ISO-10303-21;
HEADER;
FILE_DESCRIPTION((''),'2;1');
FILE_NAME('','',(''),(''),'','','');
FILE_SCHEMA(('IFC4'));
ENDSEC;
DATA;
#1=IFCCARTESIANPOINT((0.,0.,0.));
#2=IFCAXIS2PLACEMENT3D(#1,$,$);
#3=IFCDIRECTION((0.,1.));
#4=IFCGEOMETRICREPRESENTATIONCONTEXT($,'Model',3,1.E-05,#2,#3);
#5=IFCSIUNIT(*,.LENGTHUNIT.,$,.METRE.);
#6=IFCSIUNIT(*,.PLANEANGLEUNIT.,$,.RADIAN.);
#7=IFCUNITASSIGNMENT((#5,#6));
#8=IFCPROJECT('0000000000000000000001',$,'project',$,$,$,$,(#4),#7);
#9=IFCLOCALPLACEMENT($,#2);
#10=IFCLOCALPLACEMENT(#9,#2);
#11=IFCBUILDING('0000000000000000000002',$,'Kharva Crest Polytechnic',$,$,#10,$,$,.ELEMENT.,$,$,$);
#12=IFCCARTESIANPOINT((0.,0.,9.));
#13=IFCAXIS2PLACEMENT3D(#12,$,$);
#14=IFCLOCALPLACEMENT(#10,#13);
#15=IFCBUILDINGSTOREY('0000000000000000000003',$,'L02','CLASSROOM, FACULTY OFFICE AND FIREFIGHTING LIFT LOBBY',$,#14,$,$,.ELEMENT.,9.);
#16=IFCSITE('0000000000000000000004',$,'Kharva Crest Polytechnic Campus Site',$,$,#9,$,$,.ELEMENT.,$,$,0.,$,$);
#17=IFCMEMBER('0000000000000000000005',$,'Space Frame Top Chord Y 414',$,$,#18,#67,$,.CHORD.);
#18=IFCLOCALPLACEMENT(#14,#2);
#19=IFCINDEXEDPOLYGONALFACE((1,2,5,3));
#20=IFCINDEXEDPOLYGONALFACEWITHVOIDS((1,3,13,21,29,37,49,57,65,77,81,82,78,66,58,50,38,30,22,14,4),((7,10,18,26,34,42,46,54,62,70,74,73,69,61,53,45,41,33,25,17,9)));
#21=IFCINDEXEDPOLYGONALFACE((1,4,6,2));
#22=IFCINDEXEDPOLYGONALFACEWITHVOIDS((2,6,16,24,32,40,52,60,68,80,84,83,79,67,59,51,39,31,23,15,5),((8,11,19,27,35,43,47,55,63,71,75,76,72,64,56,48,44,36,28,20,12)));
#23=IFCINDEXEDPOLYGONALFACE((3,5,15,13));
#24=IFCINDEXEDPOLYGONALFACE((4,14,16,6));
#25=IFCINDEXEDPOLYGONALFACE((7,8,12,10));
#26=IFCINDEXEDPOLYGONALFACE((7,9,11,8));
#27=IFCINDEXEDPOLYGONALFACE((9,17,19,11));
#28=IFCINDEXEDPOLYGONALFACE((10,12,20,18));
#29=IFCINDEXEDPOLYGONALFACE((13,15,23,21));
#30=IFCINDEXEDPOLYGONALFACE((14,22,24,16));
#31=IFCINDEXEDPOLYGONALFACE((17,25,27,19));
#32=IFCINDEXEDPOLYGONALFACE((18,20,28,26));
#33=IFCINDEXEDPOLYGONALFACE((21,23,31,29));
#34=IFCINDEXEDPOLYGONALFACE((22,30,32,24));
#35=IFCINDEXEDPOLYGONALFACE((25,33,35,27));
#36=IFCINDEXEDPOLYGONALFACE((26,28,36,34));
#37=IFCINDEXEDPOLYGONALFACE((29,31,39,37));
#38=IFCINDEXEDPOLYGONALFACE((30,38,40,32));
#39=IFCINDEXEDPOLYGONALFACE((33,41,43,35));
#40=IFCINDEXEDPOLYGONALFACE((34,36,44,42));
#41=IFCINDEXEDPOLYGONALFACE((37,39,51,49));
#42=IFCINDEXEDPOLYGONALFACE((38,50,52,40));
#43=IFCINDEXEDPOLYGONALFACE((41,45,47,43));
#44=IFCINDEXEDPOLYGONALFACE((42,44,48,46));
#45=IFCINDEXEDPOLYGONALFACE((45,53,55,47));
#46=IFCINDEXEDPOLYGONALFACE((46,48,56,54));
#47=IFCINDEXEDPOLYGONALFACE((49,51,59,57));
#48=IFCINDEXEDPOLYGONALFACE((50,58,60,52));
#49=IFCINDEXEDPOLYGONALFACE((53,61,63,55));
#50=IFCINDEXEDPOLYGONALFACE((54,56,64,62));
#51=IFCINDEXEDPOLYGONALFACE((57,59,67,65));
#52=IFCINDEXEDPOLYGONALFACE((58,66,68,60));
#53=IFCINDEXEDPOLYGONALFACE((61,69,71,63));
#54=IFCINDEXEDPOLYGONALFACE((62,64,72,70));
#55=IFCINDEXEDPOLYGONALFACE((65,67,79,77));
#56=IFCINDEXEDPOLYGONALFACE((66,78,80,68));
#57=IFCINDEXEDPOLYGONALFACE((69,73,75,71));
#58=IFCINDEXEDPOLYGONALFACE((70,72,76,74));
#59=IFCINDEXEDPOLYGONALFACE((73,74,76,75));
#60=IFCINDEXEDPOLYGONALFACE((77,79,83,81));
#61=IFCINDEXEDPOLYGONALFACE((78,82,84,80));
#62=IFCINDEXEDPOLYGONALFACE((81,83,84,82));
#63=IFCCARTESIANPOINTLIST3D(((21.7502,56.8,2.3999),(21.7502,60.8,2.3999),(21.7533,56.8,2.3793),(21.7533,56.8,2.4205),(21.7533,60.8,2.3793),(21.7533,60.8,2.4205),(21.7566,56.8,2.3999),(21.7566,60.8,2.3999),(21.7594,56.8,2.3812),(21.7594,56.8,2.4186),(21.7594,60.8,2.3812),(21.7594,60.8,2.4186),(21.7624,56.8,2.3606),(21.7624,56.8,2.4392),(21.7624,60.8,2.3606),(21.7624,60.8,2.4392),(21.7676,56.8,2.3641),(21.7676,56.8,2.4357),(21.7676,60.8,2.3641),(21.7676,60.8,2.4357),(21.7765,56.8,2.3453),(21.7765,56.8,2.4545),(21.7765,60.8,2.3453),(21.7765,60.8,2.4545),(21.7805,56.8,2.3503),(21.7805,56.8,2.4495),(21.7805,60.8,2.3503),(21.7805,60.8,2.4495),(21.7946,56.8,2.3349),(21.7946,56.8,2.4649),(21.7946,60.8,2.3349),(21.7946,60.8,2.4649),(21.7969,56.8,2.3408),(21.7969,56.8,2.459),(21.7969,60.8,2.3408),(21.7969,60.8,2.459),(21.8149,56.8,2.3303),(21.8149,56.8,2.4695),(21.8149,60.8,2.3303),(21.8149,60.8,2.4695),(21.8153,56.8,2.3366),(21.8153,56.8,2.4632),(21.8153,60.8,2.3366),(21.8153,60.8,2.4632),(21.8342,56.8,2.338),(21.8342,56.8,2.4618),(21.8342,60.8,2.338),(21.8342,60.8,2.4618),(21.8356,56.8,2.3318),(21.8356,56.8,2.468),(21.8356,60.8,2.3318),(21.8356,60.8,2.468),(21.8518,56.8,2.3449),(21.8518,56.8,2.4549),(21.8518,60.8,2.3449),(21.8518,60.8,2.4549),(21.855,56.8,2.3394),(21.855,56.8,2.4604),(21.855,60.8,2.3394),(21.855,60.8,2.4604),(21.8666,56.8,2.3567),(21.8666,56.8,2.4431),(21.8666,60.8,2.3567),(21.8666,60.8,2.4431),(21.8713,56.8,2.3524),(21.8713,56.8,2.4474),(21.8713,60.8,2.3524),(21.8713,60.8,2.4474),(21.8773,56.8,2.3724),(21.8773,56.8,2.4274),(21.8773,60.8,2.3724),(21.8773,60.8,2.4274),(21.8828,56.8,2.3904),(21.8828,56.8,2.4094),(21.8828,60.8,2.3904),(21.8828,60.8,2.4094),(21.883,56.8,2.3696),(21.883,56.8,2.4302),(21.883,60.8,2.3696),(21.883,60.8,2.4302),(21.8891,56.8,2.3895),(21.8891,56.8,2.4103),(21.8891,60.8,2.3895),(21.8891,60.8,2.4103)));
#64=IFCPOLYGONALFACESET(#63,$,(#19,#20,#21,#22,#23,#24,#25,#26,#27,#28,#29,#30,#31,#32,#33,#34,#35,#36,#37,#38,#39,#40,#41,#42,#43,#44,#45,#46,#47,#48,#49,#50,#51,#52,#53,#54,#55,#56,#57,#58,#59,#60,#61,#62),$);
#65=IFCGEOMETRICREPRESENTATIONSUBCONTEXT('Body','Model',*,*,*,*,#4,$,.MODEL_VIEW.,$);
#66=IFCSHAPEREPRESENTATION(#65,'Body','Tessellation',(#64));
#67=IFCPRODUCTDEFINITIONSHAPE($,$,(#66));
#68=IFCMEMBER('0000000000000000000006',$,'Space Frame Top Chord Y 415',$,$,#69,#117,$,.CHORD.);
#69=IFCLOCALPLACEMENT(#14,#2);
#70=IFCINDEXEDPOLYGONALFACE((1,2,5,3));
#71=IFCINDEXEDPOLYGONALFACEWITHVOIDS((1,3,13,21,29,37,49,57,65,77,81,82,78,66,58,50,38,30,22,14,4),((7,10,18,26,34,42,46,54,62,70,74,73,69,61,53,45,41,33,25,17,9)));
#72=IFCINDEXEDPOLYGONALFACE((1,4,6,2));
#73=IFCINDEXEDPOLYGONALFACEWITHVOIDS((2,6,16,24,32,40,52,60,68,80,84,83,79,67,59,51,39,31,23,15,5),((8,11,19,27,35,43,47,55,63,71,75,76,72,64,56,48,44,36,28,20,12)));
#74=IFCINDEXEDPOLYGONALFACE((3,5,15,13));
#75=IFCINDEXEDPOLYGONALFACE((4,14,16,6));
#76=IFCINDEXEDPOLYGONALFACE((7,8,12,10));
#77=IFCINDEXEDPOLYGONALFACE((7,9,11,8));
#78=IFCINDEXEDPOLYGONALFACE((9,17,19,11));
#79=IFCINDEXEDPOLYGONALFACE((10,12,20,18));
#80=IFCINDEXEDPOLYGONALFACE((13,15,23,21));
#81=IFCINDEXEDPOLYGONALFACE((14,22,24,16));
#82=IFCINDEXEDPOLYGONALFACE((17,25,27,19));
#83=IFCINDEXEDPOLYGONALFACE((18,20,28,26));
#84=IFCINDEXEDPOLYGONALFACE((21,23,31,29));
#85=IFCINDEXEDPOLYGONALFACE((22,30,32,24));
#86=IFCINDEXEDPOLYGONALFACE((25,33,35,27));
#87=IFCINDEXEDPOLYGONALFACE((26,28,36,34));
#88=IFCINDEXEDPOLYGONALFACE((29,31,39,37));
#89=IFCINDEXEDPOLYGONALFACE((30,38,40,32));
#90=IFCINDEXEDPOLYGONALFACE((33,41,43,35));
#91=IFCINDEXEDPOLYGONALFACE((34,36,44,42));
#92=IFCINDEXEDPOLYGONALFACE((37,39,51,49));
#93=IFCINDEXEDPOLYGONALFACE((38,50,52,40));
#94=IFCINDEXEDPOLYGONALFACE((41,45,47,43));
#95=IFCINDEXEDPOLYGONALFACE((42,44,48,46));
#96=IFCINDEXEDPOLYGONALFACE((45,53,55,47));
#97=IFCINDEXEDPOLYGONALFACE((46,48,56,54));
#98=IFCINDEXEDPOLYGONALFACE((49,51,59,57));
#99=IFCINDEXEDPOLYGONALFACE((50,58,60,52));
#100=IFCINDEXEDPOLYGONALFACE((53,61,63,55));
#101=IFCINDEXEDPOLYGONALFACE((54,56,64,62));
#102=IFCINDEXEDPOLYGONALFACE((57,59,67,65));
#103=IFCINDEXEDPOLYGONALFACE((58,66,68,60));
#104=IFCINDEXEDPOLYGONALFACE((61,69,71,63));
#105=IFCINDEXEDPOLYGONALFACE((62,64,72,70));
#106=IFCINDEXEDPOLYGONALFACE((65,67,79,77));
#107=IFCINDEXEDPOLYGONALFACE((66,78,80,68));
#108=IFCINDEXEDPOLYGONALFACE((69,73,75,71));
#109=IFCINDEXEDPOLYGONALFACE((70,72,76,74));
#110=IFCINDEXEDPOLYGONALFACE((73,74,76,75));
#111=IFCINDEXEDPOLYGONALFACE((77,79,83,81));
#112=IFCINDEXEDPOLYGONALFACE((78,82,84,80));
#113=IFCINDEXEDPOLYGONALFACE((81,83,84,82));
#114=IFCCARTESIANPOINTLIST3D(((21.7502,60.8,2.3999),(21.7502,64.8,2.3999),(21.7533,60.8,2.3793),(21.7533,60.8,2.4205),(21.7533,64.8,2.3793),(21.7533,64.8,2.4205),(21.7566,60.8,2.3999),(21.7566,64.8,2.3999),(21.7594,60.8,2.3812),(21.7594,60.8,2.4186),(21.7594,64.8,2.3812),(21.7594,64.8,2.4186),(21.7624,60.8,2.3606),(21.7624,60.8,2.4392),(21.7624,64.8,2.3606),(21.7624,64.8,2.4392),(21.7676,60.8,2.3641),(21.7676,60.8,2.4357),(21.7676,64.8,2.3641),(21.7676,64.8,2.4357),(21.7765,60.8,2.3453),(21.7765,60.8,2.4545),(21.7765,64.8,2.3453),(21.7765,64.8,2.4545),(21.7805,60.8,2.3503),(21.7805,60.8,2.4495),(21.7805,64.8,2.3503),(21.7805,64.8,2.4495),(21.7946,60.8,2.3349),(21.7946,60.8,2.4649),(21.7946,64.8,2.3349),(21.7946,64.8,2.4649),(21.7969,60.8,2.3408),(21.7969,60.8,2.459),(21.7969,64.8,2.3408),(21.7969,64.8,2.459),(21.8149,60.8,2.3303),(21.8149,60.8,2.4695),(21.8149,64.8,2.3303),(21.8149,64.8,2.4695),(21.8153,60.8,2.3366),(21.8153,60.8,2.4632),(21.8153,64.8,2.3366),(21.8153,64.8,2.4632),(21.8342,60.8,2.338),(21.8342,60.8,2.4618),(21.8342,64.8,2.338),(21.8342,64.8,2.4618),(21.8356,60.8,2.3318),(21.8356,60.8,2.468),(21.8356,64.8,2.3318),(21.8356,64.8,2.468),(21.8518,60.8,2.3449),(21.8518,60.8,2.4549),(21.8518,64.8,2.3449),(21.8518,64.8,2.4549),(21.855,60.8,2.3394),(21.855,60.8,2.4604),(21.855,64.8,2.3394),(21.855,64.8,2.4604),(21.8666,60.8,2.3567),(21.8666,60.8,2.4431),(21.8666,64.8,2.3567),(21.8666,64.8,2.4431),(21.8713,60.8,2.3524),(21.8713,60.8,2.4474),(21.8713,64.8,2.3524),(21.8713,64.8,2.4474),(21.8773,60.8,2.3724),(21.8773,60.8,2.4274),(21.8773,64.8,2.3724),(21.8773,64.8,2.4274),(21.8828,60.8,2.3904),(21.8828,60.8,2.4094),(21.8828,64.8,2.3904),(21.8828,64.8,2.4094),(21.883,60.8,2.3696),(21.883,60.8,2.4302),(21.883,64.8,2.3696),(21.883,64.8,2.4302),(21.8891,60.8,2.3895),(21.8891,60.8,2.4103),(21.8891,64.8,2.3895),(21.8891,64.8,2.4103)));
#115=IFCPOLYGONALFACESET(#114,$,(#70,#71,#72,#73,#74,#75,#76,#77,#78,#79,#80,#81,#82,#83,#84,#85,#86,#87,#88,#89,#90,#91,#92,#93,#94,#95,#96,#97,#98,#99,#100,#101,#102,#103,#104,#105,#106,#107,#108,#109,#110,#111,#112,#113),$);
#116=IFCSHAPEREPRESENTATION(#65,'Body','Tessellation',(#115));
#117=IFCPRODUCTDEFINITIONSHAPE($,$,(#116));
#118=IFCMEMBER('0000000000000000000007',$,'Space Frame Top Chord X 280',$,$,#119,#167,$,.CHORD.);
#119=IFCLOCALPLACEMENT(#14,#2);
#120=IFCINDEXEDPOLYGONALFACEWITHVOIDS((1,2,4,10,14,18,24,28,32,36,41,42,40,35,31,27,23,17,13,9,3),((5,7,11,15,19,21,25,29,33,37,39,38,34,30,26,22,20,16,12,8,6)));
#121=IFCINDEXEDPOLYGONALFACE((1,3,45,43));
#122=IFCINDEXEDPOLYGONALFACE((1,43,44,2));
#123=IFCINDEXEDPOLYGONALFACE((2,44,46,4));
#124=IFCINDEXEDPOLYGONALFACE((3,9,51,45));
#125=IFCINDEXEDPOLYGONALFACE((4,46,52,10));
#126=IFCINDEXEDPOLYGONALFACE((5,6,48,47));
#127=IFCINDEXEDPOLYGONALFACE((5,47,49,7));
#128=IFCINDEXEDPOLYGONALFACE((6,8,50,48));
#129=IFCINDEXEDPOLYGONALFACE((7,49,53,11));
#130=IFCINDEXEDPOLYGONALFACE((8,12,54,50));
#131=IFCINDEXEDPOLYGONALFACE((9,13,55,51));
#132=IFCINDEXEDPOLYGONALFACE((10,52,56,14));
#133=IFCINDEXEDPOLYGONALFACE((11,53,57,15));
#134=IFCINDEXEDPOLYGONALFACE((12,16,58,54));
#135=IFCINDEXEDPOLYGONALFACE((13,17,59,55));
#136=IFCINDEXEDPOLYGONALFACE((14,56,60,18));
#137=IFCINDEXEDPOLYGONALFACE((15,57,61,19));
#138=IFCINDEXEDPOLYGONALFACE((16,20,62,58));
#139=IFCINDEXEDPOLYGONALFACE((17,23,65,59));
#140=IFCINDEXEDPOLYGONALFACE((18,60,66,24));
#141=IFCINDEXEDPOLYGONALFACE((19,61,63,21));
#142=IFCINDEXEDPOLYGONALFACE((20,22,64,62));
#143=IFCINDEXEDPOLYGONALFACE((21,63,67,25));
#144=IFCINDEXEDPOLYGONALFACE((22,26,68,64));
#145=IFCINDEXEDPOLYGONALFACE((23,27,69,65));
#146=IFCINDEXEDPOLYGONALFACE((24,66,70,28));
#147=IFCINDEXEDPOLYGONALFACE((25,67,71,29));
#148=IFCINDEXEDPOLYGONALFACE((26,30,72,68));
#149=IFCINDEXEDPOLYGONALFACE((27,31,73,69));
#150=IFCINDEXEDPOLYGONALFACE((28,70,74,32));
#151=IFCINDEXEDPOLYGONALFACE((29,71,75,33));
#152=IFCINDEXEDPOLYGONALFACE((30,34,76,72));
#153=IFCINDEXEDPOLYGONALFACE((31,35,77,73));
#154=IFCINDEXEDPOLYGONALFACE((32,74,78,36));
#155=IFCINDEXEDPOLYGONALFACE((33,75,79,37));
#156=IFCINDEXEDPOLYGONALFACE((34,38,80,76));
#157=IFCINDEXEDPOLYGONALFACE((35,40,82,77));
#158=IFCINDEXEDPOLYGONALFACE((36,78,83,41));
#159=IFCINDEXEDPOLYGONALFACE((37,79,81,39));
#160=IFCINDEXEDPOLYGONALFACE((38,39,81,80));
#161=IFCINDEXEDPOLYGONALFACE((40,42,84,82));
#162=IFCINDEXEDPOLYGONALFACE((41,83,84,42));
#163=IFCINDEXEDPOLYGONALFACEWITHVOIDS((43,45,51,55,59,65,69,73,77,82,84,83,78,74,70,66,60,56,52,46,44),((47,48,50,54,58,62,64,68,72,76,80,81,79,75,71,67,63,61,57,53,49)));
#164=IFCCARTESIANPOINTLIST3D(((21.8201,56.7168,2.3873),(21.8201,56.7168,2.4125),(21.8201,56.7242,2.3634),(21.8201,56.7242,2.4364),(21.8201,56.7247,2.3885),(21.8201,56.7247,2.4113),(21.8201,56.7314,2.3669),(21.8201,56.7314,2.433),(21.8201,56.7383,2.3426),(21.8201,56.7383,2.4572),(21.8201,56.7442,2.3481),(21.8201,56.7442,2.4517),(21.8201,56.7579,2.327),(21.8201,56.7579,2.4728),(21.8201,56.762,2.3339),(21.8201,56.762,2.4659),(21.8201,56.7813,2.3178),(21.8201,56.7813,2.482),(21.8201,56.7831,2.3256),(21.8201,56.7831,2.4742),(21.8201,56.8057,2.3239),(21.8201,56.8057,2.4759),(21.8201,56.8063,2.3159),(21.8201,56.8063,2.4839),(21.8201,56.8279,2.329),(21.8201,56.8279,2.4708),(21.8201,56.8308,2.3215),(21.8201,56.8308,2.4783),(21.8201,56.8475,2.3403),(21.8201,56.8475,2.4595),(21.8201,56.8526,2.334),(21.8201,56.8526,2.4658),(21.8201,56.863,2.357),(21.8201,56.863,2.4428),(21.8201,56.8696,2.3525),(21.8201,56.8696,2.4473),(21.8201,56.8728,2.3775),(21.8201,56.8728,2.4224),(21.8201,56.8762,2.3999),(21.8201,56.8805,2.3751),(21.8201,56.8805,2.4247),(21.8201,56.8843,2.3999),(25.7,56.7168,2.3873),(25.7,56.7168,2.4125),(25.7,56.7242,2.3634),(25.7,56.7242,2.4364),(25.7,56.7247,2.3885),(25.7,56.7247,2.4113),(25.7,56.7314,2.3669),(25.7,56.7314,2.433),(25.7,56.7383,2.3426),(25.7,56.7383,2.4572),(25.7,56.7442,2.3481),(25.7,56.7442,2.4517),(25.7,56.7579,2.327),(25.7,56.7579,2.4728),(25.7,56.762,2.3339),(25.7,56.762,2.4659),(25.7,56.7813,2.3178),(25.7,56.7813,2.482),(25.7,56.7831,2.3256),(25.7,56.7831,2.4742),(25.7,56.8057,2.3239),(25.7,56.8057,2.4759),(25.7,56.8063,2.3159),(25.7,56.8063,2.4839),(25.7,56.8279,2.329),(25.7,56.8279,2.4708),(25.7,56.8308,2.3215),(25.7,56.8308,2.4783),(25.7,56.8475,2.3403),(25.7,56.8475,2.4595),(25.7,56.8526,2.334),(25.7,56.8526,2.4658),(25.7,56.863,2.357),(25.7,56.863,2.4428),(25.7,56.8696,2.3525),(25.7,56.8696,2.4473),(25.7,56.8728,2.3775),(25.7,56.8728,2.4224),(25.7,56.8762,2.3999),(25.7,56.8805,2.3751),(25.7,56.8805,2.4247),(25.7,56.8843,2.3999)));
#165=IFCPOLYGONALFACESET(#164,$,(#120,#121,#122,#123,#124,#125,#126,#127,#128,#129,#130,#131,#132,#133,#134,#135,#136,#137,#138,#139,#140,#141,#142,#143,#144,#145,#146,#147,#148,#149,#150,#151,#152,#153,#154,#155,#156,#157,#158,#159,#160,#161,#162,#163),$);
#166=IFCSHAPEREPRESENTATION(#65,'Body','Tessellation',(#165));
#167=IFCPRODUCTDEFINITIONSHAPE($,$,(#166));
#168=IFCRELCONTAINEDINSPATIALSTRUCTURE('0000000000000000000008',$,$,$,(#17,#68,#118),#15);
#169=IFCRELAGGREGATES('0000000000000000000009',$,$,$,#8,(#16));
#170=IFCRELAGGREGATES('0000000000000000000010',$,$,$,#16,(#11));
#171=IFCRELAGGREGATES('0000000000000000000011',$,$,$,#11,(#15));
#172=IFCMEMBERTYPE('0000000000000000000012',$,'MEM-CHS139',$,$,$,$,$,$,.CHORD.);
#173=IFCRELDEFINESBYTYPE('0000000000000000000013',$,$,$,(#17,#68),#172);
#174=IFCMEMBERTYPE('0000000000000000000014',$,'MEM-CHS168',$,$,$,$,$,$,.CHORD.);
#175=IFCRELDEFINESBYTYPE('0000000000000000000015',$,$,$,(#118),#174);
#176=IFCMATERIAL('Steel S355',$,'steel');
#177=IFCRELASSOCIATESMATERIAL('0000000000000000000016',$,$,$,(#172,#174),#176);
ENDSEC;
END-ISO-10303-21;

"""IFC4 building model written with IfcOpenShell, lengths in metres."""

from ifc_helpers import new_model, si_unit, direction, frame, origin, origin_2d, place, context, subcontext, project, spatial, hollow_circle, extrude, material, material_profile, profile_set, type_object, element, save


model = new_model("IFC4")

# Units and contexts
model_context = context("Model", 3, precision=1e-05, world=origin(), true_north=direction((0.0, 1.0)))
body_context = subcontext(model_context, "Body", "Model", "MODEL_VIEW")
ifc_project = project(units=[si_unit("LENGTHUNIT", "METRE"), si_unit("PLANEANGLEUNIT", "RADIAN")], contexts=[model_context])

# Site, building, storey
site_placement = place(None, origin())
site = spatial("IfcSite", under=ifc_project, at=site_placement, Name="Kharva Crest Polytechnic Campus Site", CompositionType="ELEMENT", RefElevation=0.0)
building_placement = place(site_placement, origin())
building = spatial("IfcBuilding", under=site, at=building_placement, Name="Kharva Crest Polytechnic", CompositionType="ELEMENT")
storey_placement = place(building_placement, frame((0.0, 0.0, 9.0)))
storey = spatial("IfcBuildingStorey", under=building, at=storey_placement, Name="L02", Description="CLASSROOM, FACULTY OFFICE AND FIREFIGHTING LIFT LOBBY", CompositionType="ELEMENT", Elevation=9.0)

# Shared definitions
ifc_material_1 = material(Name="Steel S355", Category="steel")

# Members
ifc_material_profile_1 = material_profile(ifc_material_1, hollow_circle(Radius=0.0698, WallThickness=0.0063, at=origin_2d()), Name="CHS 139.7X6.3")
ifc_profile_set_1 = profile_set([ifc_material_profile_1], Name="Steel S355")
member_type_1 = type_object("IfcMemberType", Name="MEM-CHS139", PredefinedType="CHORD", material=ifc_profile_set_1)
for number, where, z_axis, x_axis, name in (
    (1, (21.8201, 56.8, 2.3999), (0.0, 1.0, 0.0), (-1.0, 0.0, 0.0), "Space Frame Top Chord Y 414"),
    (2, (21.8201, 60.8, 2.3999), (0.0, 1.0, 0.0), (-1.0, 0.0, 0.0), "Space Frame Top Chord Y 415"),
):
    element("IfcMember", number, at=place(storey_placement, frame(where, z_axis=z_axis, x_axis=x_axis)), inside=storey, type_object=member_type_1, Name=name, PredefinedType="CHORD", context=body_context, shape_type="SweptSolid", body=[
        extrude(hollow_circle(Radius=0.0698, WallThickness=0.0063, at=origin_2d()), origin(), (0.0, 0.0, 1.0), 4.0),
    ])
ifc_material_profile_2 = material_profile(ifc_material_1, hollow_circle(Radius=0.0842, WallThickness=0.0081, at=origin_2d()), Name="CHS 168.3X8.0")
ifc_profile_set_2 = profile_set([ifc_material_profile_2], Name="Steel S355")
member_type_2 = type_object("IfcMemberType", Name="MEM-CHS168", PredefinedType="CHORD", material=ifc_profile_set_2)
for number, where, z_axis, x_axis, name in (
    (3, (21.8201, 56.8, 2.3999), (1.0, 0.0, 0.0), (0.0, 1.0, 0.0), "Space Frame Top Chord X 280"),
):
    element("IfcMember", number, at=place(storey_placement, frame(where, z_axis=z_axis, x_axis=x_axis)), inside=storey, type_object=member_type_2, Name=name, PredefinedType="CHORD", context=body_context, shape_type="SweptSolid", body=[
        extrude(hollow_circle(Radius=0.0842, WallThickness=0.0081, at=origin_2d()), origin(), (0.0, 0.0, 1.0), 3.8799),
    ])

save(model, "model.ifc")
